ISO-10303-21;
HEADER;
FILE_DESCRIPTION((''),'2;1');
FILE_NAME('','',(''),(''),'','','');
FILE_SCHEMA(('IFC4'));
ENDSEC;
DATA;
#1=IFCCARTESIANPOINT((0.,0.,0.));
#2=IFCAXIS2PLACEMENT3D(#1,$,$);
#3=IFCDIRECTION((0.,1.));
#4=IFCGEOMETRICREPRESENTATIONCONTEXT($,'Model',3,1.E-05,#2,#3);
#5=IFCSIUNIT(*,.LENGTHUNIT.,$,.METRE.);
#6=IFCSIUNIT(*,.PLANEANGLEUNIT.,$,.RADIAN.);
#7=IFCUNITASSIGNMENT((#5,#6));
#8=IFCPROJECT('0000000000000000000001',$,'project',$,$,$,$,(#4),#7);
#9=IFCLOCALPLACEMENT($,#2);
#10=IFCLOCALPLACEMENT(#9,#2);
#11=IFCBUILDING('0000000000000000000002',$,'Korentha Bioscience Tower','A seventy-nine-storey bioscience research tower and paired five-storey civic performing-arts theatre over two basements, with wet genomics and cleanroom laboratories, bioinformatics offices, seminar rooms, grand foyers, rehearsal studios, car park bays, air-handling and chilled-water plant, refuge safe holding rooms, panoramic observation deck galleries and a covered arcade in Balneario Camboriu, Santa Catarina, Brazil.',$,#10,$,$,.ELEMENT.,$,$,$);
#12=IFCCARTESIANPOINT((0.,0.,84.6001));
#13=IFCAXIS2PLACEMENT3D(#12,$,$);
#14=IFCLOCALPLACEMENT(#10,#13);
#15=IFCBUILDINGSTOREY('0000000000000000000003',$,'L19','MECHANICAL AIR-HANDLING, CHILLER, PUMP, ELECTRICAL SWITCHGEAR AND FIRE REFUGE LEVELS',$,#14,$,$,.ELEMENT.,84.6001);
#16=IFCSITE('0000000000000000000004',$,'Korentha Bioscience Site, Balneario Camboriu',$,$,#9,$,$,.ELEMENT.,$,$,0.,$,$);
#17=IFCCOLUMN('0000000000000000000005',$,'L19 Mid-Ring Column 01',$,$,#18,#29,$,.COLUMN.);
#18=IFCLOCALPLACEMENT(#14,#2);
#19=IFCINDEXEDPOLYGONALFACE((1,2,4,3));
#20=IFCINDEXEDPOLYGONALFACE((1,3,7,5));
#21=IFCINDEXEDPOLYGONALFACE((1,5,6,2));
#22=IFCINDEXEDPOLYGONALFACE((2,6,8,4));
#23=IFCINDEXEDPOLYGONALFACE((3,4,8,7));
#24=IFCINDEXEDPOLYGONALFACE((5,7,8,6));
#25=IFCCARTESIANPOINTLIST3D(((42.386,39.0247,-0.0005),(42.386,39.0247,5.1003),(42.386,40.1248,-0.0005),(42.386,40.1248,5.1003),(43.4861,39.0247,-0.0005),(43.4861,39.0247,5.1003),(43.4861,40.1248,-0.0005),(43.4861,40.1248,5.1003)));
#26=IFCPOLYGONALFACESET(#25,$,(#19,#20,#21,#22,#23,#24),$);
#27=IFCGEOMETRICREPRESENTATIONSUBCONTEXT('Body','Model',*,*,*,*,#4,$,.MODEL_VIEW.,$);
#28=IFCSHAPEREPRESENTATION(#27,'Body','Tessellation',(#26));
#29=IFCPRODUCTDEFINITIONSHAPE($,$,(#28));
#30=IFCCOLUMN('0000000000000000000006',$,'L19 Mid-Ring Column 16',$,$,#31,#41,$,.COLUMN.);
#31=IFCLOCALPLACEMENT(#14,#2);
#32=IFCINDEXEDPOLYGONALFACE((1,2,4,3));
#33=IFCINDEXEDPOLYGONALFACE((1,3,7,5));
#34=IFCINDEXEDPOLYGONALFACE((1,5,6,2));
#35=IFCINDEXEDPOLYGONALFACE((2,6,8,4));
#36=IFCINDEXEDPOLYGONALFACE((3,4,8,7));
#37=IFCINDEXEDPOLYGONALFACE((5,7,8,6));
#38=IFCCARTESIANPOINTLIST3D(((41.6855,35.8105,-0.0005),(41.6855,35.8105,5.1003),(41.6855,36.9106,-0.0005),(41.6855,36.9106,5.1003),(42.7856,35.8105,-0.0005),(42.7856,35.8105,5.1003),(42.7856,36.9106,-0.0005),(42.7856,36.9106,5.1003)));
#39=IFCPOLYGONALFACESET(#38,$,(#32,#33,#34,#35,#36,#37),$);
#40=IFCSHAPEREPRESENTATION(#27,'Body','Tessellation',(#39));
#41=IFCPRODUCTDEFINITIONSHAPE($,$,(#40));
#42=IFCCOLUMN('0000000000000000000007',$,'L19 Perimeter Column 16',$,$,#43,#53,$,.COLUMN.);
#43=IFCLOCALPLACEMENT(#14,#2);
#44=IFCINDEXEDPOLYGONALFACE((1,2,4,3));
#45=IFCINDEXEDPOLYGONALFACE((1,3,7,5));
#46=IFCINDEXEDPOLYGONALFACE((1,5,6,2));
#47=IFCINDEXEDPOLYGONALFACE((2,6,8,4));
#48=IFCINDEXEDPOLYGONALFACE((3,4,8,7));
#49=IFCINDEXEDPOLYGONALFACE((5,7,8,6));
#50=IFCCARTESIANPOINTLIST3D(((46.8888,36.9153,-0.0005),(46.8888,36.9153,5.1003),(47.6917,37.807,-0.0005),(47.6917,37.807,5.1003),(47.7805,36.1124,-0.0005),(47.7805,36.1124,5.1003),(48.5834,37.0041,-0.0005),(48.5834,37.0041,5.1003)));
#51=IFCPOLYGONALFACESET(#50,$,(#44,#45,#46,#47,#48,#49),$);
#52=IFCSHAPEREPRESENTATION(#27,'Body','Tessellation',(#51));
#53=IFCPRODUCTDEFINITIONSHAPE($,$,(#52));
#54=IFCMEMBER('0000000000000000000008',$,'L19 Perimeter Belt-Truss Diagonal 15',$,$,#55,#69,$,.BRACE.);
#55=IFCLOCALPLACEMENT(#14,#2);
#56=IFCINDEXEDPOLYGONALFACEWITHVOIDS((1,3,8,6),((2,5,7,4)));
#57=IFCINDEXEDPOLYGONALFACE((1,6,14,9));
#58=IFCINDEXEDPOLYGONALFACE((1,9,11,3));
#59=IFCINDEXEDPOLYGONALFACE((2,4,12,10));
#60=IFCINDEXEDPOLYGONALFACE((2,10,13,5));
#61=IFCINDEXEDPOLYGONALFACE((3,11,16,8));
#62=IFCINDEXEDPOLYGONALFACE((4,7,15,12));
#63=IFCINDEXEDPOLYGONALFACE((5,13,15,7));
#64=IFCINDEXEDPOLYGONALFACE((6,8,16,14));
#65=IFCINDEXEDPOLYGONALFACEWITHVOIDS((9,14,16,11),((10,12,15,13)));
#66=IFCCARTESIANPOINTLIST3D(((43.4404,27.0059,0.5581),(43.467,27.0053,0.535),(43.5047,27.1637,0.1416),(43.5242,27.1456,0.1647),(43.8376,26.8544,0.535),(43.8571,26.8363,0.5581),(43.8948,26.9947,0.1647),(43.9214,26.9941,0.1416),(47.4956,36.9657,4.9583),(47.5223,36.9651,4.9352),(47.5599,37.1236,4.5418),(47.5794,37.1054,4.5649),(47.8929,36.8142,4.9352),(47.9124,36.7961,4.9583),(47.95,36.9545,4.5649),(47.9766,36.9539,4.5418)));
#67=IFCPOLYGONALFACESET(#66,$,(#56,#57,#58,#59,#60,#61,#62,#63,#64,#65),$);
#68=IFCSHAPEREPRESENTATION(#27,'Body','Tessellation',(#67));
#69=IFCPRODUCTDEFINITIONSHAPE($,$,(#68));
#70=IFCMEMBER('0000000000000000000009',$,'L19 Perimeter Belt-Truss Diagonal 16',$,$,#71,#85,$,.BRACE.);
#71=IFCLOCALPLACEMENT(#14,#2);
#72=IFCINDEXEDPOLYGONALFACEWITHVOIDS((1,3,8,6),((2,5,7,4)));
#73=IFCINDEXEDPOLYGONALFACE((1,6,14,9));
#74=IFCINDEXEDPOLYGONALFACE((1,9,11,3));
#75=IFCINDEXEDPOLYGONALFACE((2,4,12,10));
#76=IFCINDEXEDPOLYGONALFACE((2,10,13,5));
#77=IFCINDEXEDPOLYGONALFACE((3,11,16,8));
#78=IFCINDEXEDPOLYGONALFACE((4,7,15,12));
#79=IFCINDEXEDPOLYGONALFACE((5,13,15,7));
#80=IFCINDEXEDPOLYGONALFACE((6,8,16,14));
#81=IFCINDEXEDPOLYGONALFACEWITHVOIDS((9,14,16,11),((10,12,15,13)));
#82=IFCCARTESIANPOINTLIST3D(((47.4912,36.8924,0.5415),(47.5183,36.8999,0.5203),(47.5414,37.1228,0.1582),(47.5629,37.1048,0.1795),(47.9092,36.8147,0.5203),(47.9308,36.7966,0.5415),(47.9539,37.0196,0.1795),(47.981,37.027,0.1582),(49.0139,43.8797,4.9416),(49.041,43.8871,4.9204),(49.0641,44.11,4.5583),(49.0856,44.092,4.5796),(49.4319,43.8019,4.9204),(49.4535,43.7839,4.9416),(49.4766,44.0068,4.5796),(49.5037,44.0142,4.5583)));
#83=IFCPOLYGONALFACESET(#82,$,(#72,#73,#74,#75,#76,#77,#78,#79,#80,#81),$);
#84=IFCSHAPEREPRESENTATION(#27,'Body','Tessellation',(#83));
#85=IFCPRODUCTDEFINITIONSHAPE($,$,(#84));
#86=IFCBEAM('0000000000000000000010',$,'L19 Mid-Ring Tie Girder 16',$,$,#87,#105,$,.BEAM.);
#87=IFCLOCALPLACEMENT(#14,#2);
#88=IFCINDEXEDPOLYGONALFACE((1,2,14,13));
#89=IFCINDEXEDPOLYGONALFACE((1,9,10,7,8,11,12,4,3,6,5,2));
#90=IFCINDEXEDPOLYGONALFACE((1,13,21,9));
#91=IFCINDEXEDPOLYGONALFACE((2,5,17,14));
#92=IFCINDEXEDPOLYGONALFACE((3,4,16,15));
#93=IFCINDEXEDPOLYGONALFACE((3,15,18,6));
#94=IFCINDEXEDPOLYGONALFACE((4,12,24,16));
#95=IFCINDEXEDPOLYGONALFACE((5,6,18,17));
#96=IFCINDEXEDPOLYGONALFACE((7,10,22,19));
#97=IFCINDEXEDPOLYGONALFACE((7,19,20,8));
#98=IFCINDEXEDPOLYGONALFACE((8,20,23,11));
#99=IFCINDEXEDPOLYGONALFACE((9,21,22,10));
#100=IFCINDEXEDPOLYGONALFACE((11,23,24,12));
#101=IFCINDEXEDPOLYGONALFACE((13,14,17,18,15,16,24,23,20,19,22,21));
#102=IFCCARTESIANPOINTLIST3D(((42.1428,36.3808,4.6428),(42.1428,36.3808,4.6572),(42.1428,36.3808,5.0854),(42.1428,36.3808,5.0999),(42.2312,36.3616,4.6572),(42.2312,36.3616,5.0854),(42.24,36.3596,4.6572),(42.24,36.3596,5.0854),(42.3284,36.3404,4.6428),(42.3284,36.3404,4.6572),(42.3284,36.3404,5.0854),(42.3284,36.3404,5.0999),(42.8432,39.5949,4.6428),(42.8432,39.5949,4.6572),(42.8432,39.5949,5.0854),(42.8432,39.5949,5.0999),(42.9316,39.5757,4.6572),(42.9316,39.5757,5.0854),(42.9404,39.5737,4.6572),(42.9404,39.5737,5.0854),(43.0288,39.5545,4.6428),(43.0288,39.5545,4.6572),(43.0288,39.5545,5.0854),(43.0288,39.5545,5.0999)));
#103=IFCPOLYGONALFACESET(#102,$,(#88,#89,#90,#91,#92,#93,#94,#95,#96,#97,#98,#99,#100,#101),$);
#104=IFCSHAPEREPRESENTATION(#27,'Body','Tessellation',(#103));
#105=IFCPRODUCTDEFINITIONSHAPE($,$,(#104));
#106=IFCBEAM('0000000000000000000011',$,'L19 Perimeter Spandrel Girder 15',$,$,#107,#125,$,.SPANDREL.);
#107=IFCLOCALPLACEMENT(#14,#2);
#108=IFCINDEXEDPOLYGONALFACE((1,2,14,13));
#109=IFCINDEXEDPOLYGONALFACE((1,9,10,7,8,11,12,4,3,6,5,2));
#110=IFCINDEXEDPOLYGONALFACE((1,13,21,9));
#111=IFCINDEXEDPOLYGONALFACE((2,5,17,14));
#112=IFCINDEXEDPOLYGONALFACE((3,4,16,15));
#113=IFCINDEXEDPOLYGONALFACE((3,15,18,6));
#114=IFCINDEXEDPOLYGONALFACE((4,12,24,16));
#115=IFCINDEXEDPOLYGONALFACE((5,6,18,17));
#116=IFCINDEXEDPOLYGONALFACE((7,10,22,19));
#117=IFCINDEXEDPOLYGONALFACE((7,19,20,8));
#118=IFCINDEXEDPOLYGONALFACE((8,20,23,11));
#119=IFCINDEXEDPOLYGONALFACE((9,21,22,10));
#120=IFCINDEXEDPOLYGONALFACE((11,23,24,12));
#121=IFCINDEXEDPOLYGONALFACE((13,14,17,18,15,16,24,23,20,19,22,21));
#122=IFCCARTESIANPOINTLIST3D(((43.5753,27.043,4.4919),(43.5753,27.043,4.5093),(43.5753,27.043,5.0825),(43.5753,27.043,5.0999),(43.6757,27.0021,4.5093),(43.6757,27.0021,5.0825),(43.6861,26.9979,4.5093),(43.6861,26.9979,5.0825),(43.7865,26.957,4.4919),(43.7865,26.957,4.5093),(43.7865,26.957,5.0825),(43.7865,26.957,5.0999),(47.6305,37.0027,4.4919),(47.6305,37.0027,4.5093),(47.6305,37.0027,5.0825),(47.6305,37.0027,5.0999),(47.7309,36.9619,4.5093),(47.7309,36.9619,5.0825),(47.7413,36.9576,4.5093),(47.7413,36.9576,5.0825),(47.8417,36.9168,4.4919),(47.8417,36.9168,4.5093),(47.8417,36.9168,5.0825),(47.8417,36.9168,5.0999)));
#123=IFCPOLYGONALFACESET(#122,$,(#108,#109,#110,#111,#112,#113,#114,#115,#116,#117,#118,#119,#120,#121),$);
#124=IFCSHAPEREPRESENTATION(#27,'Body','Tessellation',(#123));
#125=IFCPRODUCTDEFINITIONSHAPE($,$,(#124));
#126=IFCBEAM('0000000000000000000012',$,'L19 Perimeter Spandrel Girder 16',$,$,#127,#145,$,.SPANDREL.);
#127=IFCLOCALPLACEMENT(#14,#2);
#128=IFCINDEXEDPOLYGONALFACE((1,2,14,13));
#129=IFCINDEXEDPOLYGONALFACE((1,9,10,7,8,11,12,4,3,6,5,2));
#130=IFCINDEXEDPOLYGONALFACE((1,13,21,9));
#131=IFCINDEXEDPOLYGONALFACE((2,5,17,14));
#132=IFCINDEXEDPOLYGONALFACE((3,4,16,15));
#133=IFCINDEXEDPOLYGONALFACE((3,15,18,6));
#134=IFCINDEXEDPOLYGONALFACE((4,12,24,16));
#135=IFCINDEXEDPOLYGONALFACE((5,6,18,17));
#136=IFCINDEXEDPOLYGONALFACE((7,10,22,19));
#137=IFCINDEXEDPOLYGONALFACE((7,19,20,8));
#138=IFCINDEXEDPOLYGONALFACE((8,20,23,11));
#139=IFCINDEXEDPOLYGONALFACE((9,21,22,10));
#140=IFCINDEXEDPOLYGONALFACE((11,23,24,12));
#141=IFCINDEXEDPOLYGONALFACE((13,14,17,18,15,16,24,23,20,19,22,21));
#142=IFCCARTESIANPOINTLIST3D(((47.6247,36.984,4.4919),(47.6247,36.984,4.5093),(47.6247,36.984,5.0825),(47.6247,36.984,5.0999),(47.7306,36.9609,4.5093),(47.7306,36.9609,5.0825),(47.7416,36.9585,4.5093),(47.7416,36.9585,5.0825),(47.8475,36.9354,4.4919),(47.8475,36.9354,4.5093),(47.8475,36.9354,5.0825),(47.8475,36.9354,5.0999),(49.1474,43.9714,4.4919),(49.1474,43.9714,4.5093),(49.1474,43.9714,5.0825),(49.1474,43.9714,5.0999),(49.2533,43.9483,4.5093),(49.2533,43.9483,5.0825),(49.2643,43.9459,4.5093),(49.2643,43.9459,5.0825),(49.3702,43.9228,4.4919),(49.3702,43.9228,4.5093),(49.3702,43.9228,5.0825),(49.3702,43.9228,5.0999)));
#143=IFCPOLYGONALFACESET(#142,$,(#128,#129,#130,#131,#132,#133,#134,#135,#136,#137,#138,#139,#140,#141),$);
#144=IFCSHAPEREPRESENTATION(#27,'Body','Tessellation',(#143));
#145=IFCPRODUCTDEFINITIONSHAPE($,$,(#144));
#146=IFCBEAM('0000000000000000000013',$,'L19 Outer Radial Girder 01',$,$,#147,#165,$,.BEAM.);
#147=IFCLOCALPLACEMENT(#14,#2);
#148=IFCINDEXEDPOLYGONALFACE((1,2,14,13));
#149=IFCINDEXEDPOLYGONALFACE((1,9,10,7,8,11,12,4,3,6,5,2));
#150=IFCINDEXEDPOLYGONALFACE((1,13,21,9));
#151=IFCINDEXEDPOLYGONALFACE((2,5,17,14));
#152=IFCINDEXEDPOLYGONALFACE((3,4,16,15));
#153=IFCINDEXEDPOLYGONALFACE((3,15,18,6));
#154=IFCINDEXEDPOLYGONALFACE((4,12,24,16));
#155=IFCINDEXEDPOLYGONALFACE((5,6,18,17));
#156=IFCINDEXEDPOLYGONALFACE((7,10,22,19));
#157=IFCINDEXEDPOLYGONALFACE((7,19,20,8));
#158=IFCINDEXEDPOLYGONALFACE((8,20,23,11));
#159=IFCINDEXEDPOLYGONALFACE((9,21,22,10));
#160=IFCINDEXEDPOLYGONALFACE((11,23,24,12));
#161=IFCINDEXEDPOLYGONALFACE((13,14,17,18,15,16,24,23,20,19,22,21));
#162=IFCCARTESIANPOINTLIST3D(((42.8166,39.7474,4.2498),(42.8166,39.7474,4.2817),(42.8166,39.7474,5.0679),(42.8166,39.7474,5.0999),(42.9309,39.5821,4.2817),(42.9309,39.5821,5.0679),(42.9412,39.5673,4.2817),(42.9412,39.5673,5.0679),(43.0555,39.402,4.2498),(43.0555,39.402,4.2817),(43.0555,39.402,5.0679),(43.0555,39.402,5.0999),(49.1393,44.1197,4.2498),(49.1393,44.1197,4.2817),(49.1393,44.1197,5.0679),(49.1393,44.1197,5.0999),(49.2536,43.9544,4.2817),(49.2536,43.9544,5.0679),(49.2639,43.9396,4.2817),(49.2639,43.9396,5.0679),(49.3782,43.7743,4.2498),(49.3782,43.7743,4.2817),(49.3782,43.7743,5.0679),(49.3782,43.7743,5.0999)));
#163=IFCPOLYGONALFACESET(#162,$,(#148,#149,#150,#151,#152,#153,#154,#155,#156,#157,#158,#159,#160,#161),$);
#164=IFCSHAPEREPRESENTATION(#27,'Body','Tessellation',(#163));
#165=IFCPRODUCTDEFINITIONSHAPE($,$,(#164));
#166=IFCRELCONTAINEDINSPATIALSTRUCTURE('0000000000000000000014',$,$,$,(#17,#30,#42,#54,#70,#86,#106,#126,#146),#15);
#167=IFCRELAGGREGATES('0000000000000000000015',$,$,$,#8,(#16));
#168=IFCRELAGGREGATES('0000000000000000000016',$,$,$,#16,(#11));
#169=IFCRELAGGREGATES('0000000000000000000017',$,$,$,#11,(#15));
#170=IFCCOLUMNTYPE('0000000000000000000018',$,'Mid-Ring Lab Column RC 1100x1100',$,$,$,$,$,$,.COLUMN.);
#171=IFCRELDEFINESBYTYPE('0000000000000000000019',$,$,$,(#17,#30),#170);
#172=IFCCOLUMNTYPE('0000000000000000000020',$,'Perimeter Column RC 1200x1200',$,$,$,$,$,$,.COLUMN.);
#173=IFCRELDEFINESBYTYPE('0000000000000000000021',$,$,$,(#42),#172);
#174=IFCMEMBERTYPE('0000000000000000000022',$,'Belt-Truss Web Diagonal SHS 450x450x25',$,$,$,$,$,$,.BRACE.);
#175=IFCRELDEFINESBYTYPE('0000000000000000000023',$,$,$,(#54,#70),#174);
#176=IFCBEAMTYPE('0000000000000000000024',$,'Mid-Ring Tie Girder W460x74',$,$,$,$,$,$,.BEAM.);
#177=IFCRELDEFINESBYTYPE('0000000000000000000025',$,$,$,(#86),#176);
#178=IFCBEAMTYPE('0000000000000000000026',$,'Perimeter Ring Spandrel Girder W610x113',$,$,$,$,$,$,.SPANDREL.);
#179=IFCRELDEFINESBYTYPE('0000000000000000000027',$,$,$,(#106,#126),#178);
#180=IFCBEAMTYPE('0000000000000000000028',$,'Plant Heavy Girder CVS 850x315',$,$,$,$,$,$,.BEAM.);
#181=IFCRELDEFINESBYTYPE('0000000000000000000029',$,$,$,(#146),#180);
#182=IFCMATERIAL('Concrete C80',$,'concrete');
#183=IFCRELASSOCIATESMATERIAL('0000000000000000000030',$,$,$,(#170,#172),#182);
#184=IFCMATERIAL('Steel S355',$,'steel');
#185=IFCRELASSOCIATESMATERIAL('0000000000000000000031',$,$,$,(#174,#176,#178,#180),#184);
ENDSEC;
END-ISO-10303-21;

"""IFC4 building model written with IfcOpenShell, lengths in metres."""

from ifc_helpers import new_model, si_unit, direction, frame, origin, origin_2d, place, context, subcontext, project, spatial, rectangle, hollow_rectangle, i_section, extrude, material, material_profile, profile_set, type_object, element, save


model = new_model("IFC4")

# Units and contexts
model_context = context("Model", 3, precision=1e-05, world=origin(), true_north=direction((0.0, 1.0)))
body_context = subcontext(model_context, "Body", "Model", "MODEL_VIEW")
ifc_project = project(units=[si_unit("LENGTHUNIT", "METRE"), si_unit("PLANEANGLEUNIT", "RADIAN")], contexts=[model_context])

# Site, building, storey
site_placement = place(None, origin())
site = spatial("IfcSite", under=ifc_project, at=site_placement, Name="Korentha Bioscience Site, Balneario Camboriu", CompositionType="ELEMENT", RefElevation=0.0)
building_placement = place(site_placement, origin())
building = spatial("IfcBuilding", under=site, at=building_placement, Name="Korentha Bioscience Tower", Description="A seventy-nine-storey bioscience research tower and paired five-storey civic performing-arts theatre over two basements, with wet genomics and cleanroom laboratories, bioinformatics offices, seminar rooms, grand foyers, rehearsal studios, car park bays, air-handling and chilled-water plant, refuge safe holding rooms, panoramic observation deck galleries and a covered arcade in Balneario Camboriu, Santa Catarina, Brazil.", CompositionType="ELEMENT")
storey_placement = place(building_placement, frame((0.0, 0.0, 84.6001)))
storey = spatial("IfcBuildingStorey", under=building, at=storey_placement, Name="L19", Description="MECHANICAL AIR-HANDLING, CHILLER, PUMP, ELECTRICAL SWITCHGEAR AND FIRE REFUGE LEVELS", CompositionType="ELEMENT", Elevation=84.6001)

# Columns
ifc_material_1 = material(Name="Concrete C80", Category="concrete")
ifc_material_profile_1 = material_profile(ifc_material_1, rectangle(XDim=1.1001, YDim=1.1001, at=origin_2d()), Name="Concrete C80")
ifc_profile_set_1 = profile_set([ifc_material_profile_1], Name="Concrete C80 (COL-MR11)")
column_type_1 = type_object("IfcColumnType", Name="Mid-Ring Lab Column RC 1100x1100", PredefinedType="COLUMN", material=ifc_profile_set_1)
for number, where, z_axis, x_axis, name in (
    (1, (42.936, 39.5747, -0.0005), (0.0, 0.0, 1.0), (1.0, 0.0, 0.0), "L19 Mid-Ring Column 01"),
    (2, (42.2356, 36.3606, -0.0005), (0.0, 0.0, 1.0), (1.0, 0.0, 0.0), "L19 Mid-Ring Column 16"),
):
    element("IfcColumn", number, at=place(storey_placement, frame(where, z_axis=z_axis, x_axis=x_axis)), inside=storey, type_object=column_type_1, Name=name, PredefinedType="COLUMN", context=body_context, shape_type="SweptSolid", body=[
        extrude(rectangle(XDim=1.1001, YDim=1.1001, at=origin_2d()), origin(), (0.0, 0.0, 1.0), 5.1008),
    ])
ifc_material_profile_2 = material_profile(ifc_material_1, rectangle(XDim=1.2, YDim=1.2, at=origin_2d()), Name="Concrete C80")
ifc_profile_set_2 = profile_set([ifc_material_profile_2], Name="Concrete C80 (COL-P12)")
column_type_2 = type_object("IfcColumnType", Name="Perimeter Column RC 1200x1200", PredefinedType="COLUMN", material=ifc_profile_set_2)
column_placement = place(storey_placement, frame((47.7361, 36.9597, -0.0005), z_axis=(0.0, 0.0, 1.0), x_axis=(0.669131, 0.743145, 0.0)))
element("IfcColumn", 3, at=column_placement, inside=storey, type_object=column_type_2, Name="L19 Perimeter Column 16", PredefinedType="COLUMN", context=body_context, shape_type="SweptSolid", body=[
    extrude(rectangle(XDim=1.2, YDim=1.2, at=origin_2d()), origin(), (0.0, 0.0, 1.0), 5.1008),
])

# Members
ifc_material_2 = material(Name="Steel S355", Category="steel")
ifc_material_profile_3 = material_profile(ifc_material_2, hollow_rectangle(XDim=0.45, YDim=0.45, WallThickness=0.0249, at=origin_2d()), Name="Steel S355")
ifc_profile_set_3 = profile_set([ifc_material_profile_3], Name="Steel S355 (BT-D450)")
member_type = type_object("IfcMemberType", Name="Belt-Truss Web Diagonal SHS 450x450x25", PredefinedType="BRACE", material=ifc_profile_set_3)
member_1_placement = place(storey_placement, frame((43.6809, 27.0, 0.3499), z_axis=(0.349012, 0.857191, 0.378702), x_axis=(-0.926173, 0.377099, 0.0)))
element("IfcMember", 4, at=member_1_placement, inside=storey, type_object=member_type, Name="L19 Perimeter Belt-Truss Diagonal 15", PredefinedType="BRACE", context=body_context, shape_type="SweptSolid", body=[
    extrude(hollow_rectangle(XDim=0.45, YDim=0.45, WallThickness=0.0249, at=origin_2d()), origin(), (0.0, 0.0, 1.0), 11.6191),
])
member_2_placement = place(storey_placement, frame((47.7361, 36.9597, 0.3499), z_axis=(0.181349, 0.832162, 0.524041), x_axis=(-0.977068, 0.212927, 0.0)))
element("IfcMember", 5, at=member_2_placement, inside=storey, type_object=member_type, Name="L19 Perimeter Belt-Truss Diagonal 16", PredefinedType="BRACE", context=body_context, shape_type="SweptSolid", body=[
    extrude(hollow_rectangle(XDim=0.45, YDim=0.45, WallThickness=0.0249, at=origin_2d()), origin(), (0.0, 0.0, 1.0), 8.3965),
])

# Beams
ifc_material_profile_4 = material_profile(ifc_material_2, i_section(OverallWidth=0.1899, OverallDepth=0.457, WebThickness=0.009, FlangeThickness=0.0144, at=origin_2d()), Name="Steel S355")
ifc_profile_set_4 = profile_set([ifc_material_profile_4], Name="Steel S355 (MB-460)")
beam_type_1 = type_object("IfcBeamType", Name="Mid-Ring Tie Girder W460x74", PredefinedType="BEAM", material=ifc_profile_set_4)
beam_1_placement = place(storey_placement, frame((42.2356, 36.3606, 4.8713), z_axis=(0.212929, 0.977068, 0.0), x_axis=(-0.977068, 0.212929, 0.0)))
element("IfcBeam", 6, at=beam_1_placement, inside=storey, type_object=beam_type_1, Name="L19 Mid-Ring Tie Girder 16", PredefinedType="BEAM", context=body_context, shape_type="SweptSolid", body=[
    extrude(i_section(OverallWidth=0.1899, OverallDepth=0.457, WebThickness=0.009, FlangeThickness=0.0144, at=origin_2d()), origin(), (0.0, 0.0, 1.0), 3.2896),
])
ifc_material_profile_5 = material_profile(ifc_material_2, i_section(OverallWidth=0.228, OverallDepth=0.6079, WebThickness=0.0112, FlangeThickness=0.0173, at=origin_2d()), Name="Steel S355")
ifc_profile_set_5 = profile_set([ifc_material_profile_5], Name="Steel S355 (SB-610)")
beam_type_2 = type_object("IfcBeamType", Name="Perimeter Ring Spandrel Girder W610x113", PredefinedType="SPANDREL", material=ifc_profile_set_5)
beam_2_placement = place(storey_placement, frame((43.6809, 27.0, 4.7959), z_axis=(0.377099, 0.926173, 0.0), x_axis=(-0.926173, 0.377099, 0.0)))
element("IfcBeam", 7, at=beam_2_placement, inside=storey, type_object=beam_type_2, Name="L19 Perimeter Spandrel Girder 15", PredefinedType="SPANDREL", context=body_context, shape_type="SweptSolid", body=[
    extrude(i_section(OverallWidth=0.228, OverallDepth=0.6079, WebThickness=0.0112, FlangeThickness=0.0173, at=origin_2d()), origin(), (0.0, 0.0, 1.0), 10.7537),
])
beam_3_placement = place(storey_placement, frame((47.7361, 36.9597, 4.7959), z_axis=(0.212927, 0.977068, 0.0), x_axis=(-0.977068, 0.212927, 0.0)))
element("IfcBeam", 8, at=beam_3_placement, inside=storey, type_object=beam_type_2, Name="L19 Perimeter Spandrel Girder 16", PredefinedType="SPANDREL", context=body_context, shape_type="SweptSolid", body=[
    extrude(i_section(OverallWidth=0.228, OverallDepth=0.6079, WebThickness=0.0112, FlangeThickness=0.0173, at=origin_2d()), origin(), (0.0, 0.0, 1.0), 7.1514),
])
ifc_material_profile_6 = material_profile(ifc_material_2, i_section(OverallWidth=0.4199, OverallDepth=0.8501, WebThickness=0.0181, FlangeThickness=0.032, at=origin_2d()), Name="Steel S355")
ifc_profile_set_6 = profile_set([ifc_material_profile_6], Name="Steel S355 (MB-850)")
beam_type_3 = type_object("IfcBeamType", Name="Plant Heavy Girder CVS 850x315", PredefinedType="BEAM", material=ifc_profile_set_6)
beam_4_placement = place(storey_placement, frame((42.936, 39.5747, 4.6748), z_axis=(0.822495, 0.568772, 0.0), x_axis=(-0.568772, 0.822495, 0.0)))
element("IfcBeam", 9, at=beam_4_placement, inside=storey, type_object=beam_type_3, Name="L19 Outer Radial Girder 01", PredefinedType="BEAM", context=body_context, shape_type="SweptSolid", body=[
    extrude(i_section(OverallWidth=0.4199, OverallDepth=0.8501, WebThickness=0.0181, FlangeThickness=0.032, at=origin_2d()), origin(), (0.0, 0.0, 1.0), 7.6873),
])

save(model, "model.ifc")
